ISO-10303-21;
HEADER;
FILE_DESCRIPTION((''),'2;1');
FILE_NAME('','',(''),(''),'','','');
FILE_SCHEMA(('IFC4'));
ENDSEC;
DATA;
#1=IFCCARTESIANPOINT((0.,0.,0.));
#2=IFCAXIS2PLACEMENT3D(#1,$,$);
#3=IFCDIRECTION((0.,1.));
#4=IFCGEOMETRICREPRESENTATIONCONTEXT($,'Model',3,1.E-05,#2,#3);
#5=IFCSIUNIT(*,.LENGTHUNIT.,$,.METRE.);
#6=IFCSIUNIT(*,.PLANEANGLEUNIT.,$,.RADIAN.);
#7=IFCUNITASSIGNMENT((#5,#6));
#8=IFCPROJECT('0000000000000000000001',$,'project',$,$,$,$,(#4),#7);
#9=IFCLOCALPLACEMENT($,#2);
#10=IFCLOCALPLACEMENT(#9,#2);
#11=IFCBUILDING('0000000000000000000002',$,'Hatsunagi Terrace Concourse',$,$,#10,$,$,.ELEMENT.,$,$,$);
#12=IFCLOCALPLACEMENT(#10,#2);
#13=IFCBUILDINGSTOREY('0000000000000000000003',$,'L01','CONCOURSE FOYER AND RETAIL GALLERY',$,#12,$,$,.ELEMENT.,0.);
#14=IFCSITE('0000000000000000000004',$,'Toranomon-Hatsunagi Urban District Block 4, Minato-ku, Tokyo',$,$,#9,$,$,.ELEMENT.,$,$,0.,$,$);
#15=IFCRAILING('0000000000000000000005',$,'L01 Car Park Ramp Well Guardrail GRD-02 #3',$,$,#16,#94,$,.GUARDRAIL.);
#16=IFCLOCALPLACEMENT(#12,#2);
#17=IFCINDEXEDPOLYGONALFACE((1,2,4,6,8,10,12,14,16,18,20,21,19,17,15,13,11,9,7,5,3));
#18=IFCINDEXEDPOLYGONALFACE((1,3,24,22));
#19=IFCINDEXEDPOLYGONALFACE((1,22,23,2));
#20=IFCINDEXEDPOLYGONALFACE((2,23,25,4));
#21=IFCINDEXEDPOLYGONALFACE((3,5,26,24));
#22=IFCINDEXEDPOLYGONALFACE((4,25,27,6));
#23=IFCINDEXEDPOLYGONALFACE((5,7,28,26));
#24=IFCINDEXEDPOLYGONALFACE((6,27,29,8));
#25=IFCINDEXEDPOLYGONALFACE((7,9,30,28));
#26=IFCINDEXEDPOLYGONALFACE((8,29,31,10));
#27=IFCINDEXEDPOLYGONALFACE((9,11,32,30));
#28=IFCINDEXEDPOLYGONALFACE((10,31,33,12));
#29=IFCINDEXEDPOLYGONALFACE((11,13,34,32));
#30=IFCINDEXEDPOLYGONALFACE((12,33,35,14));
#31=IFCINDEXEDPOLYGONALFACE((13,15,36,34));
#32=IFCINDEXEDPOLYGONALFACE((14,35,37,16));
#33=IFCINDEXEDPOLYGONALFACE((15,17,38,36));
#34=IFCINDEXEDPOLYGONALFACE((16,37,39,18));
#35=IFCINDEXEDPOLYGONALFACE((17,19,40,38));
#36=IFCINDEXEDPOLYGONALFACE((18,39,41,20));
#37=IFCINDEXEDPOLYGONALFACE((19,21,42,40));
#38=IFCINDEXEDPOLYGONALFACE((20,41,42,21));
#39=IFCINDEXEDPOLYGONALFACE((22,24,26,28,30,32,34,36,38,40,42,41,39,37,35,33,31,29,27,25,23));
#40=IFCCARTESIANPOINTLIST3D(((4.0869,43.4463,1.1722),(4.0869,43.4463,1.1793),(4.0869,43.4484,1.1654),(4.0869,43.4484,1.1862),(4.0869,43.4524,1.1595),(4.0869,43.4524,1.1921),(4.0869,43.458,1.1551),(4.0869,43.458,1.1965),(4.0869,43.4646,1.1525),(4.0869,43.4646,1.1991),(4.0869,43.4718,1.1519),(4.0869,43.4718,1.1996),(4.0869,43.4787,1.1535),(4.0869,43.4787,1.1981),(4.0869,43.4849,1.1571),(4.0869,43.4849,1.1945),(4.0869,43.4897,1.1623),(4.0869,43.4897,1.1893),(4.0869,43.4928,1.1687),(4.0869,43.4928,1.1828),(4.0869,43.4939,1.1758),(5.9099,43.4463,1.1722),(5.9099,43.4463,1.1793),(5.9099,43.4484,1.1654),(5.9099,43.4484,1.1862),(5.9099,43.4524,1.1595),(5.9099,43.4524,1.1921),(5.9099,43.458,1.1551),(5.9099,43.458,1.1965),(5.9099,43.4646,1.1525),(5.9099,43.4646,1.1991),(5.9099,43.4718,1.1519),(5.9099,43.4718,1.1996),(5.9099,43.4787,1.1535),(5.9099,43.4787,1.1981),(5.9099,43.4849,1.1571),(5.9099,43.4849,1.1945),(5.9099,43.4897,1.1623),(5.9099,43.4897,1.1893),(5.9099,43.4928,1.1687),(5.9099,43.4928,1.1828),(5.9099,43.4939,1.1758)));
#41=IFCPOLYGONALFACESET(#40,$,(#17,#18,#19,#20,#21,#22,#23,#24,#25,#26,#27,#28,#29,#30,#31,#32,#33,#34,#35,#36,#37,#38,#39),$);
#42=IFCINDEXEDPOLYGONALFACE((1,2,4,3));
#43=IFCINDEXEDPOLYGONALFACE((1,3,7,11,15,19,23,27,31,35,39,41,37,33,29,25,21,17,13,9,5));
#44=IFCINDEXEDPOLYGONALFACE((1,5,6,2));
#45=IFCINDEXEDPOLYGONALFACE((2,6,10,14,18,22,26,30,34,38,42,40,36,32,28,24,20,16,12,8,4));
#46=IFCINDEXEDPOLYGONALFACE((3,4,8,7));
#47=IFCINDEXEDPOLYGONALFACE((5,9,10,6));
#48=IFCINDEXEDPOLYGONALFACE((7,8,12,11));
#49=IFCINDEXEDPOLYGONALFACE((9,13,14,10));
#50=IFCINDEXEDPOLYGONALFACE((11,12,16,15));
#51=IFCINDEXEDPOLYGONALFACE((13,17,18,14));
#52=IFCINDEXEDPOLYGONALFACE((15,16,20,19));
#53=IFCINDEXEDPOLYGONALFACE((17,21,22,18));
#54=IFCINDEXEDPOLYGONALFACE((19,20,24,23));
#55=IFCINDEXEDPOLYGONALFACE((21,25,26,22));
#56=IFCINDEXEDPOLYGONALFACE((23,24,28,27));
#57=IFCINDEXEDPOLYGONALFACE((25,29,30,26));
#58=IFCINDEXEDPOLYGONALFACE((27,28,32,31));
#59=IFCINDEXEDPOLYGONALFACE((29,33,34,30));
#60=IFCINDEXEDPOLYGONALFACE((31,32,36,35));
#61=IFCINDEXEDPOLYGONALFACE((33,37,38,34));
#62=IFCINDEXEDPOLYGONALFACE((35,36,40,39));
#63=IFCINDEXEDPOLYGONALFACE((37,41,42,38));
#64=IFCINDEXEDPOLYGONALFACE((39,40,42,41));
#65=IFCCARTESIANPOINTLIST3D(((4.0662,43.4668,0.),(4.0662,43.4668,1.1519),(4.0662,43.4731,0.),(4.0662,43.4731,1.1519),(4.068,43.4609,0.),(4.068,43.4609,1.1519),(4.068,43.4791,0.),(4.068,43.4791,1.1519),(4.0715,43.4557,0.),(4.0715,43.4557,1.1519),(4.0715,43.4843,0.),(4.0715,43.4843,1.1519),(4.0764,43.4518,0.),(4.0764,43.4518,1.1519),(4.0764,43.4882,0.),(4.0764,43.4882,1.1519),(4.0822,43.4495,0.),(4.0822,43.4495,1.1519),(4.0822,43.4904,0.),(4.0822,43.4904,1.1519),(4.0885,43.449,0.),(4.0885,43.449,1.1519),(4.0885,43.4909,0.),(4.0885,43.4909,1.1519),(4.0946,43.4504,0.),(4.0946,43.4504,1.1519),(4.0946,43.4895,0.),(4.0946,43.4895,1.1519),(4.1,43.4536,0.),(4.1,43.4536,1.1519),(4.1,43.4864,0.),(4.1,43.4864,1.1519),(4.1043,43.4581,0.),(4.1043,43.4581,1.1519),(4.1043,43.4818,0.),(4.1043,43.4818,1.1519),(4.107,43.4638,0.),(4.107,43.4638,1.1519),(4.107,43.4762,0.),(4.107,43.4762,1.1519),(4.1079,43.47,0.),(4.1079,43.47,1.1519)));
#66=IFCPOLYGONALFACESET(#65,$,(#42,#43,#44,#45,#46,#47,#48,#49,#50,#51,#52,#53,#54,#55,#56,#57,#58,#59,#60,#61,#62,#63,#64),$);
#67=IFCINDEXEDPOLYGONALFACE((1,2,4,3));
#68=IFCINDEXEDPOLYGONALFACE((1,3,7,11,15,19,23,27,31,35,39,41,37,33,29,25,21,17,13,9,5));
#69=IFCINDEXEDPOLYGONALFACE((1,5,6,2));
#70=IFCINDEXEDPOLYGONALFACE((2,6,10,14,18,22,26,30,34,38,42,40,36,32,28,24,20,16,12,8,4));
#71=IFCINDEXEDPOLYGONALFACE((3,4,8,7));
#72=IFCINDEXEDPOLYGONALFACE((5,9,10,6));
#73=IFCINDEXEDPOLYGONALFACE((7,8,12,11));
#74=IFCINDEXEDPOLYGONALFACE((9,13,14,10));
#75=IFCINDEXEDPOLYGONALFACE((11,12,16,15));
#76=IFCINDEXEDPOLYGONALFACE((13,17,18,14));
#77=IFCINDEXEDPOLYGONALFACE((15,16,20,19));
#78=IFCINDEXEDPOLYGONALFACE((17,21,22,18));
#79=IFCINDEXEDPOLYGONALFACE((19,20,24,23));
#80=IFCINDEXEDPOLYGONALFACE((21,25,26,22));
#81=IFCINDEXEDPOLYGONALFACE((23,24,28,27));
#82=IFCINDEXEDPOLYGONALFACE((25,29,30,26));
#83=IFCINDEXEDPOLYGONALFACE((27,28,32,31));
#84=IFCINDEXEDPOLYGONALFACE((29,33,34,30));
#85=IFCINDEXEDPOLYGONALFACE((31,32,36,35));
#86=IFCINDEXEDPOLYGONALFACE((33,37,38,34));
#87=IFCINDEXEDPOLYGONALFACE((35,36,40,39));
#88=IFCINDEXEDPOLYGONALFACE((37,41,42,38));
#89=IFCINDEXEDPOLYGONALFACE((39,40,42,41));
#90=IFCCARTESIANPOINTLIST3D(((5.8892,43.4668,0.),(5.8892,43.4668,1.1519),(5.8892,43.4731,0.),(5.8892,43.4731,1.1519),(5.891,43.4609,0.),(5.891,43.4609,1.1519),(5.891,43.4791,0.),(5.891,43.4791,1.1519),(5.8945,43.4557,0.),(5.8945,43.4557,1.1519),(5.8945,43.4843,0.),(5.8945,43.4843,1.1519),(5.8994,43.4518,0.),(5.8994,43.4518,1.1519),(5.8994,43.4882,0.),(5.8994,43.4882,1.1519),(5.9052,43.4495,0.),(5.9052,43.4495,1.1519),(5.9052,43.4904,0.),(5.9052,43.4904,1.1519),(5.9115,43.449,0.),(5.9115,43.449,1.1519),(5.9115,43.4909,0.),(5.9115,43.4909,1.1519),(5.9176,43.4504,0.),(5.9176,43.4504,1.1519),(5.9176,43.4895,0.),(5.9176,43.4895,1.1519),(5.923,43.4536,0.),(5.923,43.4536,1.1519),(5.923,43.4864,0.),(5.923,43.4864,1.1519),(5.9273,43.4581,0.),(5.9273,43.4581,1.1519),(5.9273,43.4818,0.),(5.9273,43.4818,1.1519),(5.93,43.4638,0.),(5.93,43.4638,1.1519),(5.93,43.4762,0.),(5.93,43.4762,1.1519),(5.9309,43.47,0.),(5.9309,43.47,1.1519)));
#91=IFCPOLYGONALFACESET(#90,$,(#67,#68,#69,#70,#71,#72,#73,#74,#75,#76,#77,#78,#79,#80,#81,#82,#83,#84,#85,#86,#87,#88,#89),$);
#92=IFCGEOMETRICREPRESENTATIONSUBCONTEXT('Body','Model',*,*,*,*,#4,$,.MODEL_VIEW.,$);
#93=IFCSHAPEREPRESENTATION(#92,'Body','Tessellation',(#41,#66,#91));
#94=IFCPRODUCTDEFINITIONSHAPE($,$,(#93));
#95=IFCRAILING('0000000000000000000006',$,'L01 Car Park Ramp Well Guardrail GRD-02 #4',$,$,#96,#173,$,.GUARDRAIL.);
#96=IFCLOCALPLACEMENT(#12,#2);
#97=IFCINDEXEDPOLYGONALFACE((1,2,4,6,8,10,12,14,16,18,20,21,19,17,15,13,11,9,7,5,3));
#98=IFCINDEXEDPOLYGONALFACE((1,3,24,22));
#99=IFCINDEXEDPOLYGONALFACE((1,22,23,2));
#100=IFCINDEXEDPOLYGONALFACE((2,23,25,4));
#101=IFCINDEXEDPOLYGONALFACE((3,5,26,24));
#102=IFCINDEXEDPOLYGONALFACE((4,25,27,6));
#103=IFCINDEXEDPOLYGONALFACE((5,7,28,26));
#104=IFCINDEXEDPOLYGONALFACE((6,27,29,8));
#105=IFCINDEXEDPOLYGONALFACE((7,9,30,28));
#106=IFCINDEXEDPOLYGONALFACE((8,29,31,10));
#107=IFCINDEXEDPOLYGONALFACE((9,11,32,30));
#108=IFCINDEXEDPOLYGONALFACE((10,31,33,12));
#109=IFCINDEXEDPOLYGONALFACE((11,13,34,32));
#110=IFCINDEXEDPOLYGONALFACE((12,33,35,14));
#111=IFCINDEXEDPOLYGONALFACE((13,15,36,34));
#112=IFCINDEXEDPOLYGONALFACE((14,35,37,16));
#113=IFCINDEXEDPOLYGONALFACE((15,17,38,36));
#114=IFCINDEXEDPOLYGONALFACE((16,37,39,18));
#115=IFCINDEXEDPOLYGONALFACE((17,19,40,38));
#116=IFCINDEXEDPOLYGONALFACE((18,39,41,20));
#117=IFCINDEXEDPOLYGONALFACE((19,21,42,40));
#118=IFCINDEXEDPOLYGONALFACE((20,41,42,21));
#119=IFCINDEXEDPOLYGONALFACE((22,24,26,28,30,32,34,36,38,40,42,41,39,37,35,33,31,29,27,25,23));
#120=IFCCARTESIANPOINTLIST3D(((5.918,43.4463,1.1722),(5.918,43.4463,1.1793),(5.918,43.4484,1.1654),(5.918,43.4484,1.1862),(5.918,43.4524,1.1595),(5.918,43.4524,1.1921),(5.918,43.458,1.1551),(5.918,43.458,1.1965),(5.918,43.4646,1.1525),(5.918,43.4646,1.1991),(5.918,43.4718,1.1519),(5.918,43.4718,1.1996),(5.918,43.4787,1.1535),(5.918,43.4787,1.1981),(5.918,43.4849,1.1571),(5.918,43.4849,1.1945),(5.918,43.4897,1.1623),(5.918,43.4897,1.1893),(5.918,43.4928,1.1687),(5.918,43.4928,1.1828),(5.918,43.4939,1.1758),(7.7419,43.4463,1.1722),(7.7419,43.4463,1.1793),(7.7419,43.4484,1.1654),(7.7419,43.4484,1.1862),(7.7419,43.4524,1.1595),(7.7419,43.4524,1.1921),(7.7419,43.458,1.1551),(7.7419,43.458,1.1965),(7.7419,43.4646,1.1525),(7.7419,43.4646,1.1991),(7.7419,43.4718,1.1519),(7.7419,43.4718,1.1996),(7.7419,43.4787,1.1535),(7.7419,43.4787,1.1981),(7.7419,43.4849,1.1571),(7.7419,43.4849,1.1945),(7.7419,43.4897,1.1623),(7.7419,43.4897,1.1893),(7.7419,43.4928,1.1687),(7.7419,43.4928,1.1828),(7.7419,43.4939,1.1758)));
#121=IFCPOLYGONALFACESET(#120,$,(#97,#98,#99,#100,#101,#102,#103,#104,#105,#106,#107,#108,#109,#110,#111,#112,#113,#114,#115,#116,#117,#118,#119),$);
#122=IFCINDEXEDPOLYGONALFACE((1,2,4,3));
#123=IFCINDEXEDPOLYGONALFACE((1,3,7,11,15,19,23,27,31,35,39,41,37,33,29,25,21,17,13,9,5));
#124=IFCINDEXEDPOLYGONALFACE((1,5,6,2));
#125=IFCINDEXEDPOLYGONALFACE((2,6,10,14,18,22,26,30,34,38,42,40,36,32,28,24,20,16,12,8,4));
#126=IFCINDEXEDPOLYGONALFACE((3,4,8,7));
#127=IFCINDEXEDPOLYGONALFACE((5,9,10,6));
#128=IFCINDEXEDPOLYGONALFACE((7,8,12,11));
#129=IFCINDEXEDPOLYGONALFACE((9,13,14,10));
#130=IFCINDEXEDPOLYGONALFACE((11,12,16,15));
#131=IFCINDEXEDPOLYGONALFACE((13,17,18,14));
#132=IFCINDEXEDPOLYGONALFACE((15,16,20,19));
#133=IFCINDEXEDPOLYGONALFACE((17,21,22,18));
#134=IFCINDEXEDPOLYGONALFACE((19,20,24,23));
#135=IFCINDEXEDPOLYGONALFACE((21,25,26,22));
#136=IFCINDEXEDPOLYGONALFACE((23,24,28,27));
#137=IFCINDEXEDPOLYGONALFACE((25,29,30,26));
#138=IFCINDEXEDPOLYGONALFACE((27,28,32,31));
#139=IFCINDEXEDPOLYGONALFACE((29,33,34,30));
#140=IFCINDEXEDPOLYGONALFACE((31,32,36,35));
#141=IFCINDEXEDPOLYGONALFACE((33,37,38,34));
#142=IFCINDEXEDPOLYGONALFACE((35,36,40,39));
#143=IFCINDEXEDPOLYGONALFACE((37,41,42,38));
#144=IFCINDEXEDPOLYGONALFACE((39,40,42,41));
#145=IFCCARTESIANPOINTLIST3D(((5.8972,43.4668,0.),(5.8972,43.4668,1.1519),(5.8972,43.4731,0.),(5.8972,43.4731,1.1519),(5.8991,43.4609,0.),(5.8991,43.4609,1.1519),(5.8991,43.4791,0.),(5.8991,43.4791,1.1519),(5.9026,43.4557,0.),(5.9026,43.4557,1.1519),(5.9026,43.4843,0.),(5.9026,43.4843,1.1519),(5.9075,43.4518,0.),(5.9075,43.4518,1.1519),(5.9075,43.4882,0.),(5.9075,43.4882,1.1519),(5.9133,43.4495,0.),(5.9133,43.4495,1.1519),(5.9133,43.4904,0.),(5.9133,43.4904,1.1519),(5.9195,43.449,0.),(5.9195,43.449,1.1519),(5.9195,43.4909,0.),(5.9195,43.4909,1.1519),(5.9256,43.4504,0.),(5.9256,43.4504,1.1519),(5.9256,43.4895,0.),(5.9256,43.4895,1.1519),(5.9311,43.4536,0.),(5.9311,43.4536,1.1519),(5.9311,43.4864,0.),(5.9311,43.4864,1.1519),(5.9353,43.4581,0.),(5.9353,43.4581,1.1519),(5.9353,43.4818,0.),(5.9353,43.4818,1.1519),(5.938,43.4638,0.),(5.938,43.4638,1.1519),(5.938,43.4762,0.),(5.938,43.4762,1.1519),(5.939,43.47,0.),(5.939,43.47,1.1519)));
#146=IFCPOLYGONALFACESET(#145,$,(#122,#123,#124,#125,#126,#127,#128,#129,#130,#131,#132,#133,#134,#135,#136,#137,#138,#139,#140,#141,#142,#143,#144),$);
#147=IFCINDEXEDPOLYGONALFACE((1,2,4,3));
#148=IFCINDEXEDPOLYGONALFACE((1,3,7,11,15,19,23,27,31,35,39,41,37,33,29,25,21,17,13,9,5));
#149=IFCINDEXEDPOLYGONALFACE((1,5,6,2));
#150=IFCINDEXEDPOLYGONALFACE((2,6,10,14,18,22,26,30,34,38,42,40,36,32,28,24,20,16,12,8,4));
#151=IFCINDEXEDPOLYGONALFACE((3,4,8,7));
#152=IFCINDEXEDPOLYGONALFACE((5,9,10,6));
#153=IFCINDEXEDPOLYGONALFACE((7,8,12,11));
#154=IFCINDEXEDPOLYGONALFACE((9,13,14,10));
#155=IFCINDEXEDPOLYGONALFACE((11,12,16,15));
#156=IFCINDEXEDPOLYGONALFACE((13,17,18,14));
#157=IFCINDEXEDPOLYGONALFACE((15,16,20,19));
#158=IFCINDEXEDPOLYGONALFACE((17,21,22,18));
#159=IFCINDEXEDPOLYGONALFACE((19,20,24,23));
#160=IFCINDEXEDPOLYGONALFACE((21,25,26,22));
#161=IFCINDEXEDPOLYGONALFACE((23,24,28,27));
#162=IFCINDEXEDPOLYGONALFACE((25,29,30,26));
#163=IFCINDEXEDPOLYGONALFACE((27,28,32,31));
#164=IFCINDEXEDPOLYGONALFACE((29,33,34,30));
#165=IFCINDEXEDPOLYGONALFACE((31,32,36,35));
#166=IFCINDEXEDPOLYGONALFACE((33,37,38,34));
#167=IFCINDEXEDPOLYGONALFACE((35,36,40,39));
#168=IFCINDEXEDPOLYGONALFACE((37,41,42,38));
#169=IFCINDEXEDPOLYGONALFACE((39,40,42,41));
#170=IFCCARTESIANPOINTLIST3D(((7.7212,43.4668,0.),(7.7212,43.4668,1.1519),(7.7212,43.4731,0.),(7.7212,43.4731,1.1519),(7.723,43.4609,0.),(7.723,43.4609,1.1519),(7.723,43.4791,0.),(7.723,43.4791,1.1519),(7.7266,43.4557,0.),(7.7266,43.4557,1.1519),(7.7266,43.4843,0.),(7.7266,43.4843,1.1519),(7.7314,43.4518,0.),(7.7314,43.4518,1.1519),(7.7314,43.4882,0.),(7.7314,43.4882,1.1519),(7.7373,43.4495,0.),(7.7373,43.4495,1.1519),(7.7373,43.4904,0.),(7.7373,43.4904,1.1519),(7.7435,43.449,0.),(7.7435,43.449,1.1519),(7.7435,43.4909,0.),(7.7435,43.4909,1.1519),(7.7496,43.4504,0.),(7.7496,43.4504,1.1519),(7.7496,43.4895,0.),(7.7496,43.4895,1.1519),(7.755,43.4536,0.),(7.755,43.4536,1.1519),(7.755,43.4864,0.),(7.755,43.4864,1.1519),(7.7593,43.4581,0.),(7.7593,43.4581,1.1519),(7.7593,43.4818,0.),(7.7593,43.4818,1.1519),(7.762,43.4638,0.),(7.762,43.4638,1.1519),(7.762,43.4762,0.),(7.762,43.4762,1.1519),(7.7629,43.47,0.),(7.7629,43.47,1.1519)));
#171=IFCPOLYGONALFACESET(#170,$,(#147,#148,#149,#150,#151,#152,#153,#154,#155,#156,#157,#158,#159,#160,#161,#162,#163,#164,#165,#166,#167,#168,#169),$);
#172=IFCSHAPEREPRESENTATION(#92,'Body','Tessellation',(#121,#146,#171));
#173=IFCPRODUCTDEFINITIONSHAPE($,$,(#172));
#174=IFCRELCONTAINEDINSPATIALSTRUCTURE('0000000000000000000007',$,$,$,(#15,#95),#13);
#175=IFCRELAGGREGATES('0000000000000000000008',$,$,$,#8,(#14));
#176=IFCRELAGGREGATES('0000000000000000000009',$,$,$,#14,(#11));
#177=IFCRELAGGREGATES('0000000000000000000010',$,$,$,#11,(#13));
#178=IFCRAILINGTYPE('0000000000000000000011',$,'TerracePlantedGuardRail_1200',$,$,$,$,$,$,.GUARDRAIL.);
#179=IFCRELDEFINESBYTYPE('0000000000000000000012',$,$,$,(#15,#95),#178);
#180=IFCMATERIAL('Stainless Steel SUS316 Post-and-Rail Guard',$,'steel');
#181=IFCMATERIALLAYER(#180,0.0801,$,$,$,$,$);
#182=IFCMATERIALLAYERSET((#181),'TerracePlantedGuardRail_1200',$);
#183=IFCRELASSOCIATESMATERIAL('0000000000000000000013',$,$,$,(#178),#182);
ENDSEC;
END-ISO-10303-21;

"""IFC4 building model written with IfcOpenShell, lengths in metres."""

from ifc_helpers import new_model, si_unit, direction, frame, origin, origin_2d, place, context, subcontext, project, spatial, circle, extrude, material, layer, layer_set, type_object, element, save


model = new_model("IFC4")

# Units and contexts
model_context = context("Model", 3, precision=1e-05, world=origin(), true_north=direction((0.0, 1.0)))
body_context = subcontext(model_context, "Body", "Model", "MODEL_VIEW")
ifc_project = project(units=[si_unit("LENGTHUNIT", "METRE"), si_unit("PLANEANGLEUNIT", "RADIAN")], contexts=[model_context])

# Site, building, storey
site_placement = place(None, origin())
site = spatial("IfcSite", under=ifc_project, at=site_placement, Name="Toranomon-Hatsunagi Urban District Block 4, Minato-ku, Tokyo", CompositionType="ELEMENT", RefElevation=0.0)
building_placement = place(site_placement, origin())
building = spatial("IfcBuilding", under=site, at=building_placement, Name="Hatsunagi Terrace Concourse", CompositionType="ELEMENT")
storey_placement = place(building_placement, origin())
storey = spatial("IfcBuildingStorey", under=building, at=storey_placement, Name="L01", Description="CONCOURSE FOYER AND RETAIL GALLERY", CompositionType="ELEMENT", Elevation=0.0)

# Railings
ifc_material_1 = material(Name="Stainless Steel SUS316 Post-and-Rail Guard", Category="steel")
ifc_layer_1 = layer(ifc_material_1, 0.0801)
ifc_layer_set_1 = layer_set([ifc_layer_1], Name="TerracePlantedGuardRail_1200")
railing_type_1 = type_object("IfcRailingType", Name="TerracePlantedGuardRail_1200", PredefinedType="GUARDRAIL", material=ifc_layer_set_1)
railing_1_placement = place(storey_placement, frame((4.0869, 43.47, 0.0)))
element("IfcRailing", 1, at=railing_1_placement, inside=storey, type_object=railing_type_1, Name="L01 Car Park Ramp Well Guardrail GRD-02 #3", PredefinedType="GUARDRAIL", context=body_context, shape_type="SweptSolid", body=[
    extrude(circle(Radius=0.0239, at=origin_2d()), frame((0.0, 0.0, 1.1758), z_axis=(1.0, 0.0, 0.0), x_axis=(0.0, 1.0, 0.0)), (0.0, 0.0, 1.0), 1.823),
    extrude(circle(Radius=0.021, at=origin_2d()), origin(), (0.0, 0.0, 1.0), 1.1519),
    extrude(circle(Radius=0.021, at=origin_2d()), frame((1.823, 0.0, 0.0)), (0.0, 0.0, 1.0), 1.1519),
])
railing_2_placement = place(storey_placement, frame((5.918, 43.47, 0.0)))
element("IfcRailing", 2, at=railing_2_placement, inside=storey, type_object=railing_type_1, Name="L01 Car Park Ramp Well Guardrail GRD-02 #4", PredefinedType="GUARDRAIL", context=body_context, shape_type="SweptSolid", body=[
    extrude(circle(Radius=0.0239, at=origin_2d()), frame((0.0, 0.0, 1.1758), z_axis=(1.0, 0.0, 0.0), x_axis=(0.0, 1.0, 0.0)), (0.0, 0.0, 1.0), 1.824),
    extrude(circle(Radius=0.021, at=origin_2d()), origin(), (0.0, 0.0, 1.0), 1.1519),
    extrude(circle(Radius=0.021, at=origin_2d()), frame((1.824, 0.0, 0.0)), (0.0, 0.0, 1.0), 1.1519),
])

save(model, "model.ifc")
